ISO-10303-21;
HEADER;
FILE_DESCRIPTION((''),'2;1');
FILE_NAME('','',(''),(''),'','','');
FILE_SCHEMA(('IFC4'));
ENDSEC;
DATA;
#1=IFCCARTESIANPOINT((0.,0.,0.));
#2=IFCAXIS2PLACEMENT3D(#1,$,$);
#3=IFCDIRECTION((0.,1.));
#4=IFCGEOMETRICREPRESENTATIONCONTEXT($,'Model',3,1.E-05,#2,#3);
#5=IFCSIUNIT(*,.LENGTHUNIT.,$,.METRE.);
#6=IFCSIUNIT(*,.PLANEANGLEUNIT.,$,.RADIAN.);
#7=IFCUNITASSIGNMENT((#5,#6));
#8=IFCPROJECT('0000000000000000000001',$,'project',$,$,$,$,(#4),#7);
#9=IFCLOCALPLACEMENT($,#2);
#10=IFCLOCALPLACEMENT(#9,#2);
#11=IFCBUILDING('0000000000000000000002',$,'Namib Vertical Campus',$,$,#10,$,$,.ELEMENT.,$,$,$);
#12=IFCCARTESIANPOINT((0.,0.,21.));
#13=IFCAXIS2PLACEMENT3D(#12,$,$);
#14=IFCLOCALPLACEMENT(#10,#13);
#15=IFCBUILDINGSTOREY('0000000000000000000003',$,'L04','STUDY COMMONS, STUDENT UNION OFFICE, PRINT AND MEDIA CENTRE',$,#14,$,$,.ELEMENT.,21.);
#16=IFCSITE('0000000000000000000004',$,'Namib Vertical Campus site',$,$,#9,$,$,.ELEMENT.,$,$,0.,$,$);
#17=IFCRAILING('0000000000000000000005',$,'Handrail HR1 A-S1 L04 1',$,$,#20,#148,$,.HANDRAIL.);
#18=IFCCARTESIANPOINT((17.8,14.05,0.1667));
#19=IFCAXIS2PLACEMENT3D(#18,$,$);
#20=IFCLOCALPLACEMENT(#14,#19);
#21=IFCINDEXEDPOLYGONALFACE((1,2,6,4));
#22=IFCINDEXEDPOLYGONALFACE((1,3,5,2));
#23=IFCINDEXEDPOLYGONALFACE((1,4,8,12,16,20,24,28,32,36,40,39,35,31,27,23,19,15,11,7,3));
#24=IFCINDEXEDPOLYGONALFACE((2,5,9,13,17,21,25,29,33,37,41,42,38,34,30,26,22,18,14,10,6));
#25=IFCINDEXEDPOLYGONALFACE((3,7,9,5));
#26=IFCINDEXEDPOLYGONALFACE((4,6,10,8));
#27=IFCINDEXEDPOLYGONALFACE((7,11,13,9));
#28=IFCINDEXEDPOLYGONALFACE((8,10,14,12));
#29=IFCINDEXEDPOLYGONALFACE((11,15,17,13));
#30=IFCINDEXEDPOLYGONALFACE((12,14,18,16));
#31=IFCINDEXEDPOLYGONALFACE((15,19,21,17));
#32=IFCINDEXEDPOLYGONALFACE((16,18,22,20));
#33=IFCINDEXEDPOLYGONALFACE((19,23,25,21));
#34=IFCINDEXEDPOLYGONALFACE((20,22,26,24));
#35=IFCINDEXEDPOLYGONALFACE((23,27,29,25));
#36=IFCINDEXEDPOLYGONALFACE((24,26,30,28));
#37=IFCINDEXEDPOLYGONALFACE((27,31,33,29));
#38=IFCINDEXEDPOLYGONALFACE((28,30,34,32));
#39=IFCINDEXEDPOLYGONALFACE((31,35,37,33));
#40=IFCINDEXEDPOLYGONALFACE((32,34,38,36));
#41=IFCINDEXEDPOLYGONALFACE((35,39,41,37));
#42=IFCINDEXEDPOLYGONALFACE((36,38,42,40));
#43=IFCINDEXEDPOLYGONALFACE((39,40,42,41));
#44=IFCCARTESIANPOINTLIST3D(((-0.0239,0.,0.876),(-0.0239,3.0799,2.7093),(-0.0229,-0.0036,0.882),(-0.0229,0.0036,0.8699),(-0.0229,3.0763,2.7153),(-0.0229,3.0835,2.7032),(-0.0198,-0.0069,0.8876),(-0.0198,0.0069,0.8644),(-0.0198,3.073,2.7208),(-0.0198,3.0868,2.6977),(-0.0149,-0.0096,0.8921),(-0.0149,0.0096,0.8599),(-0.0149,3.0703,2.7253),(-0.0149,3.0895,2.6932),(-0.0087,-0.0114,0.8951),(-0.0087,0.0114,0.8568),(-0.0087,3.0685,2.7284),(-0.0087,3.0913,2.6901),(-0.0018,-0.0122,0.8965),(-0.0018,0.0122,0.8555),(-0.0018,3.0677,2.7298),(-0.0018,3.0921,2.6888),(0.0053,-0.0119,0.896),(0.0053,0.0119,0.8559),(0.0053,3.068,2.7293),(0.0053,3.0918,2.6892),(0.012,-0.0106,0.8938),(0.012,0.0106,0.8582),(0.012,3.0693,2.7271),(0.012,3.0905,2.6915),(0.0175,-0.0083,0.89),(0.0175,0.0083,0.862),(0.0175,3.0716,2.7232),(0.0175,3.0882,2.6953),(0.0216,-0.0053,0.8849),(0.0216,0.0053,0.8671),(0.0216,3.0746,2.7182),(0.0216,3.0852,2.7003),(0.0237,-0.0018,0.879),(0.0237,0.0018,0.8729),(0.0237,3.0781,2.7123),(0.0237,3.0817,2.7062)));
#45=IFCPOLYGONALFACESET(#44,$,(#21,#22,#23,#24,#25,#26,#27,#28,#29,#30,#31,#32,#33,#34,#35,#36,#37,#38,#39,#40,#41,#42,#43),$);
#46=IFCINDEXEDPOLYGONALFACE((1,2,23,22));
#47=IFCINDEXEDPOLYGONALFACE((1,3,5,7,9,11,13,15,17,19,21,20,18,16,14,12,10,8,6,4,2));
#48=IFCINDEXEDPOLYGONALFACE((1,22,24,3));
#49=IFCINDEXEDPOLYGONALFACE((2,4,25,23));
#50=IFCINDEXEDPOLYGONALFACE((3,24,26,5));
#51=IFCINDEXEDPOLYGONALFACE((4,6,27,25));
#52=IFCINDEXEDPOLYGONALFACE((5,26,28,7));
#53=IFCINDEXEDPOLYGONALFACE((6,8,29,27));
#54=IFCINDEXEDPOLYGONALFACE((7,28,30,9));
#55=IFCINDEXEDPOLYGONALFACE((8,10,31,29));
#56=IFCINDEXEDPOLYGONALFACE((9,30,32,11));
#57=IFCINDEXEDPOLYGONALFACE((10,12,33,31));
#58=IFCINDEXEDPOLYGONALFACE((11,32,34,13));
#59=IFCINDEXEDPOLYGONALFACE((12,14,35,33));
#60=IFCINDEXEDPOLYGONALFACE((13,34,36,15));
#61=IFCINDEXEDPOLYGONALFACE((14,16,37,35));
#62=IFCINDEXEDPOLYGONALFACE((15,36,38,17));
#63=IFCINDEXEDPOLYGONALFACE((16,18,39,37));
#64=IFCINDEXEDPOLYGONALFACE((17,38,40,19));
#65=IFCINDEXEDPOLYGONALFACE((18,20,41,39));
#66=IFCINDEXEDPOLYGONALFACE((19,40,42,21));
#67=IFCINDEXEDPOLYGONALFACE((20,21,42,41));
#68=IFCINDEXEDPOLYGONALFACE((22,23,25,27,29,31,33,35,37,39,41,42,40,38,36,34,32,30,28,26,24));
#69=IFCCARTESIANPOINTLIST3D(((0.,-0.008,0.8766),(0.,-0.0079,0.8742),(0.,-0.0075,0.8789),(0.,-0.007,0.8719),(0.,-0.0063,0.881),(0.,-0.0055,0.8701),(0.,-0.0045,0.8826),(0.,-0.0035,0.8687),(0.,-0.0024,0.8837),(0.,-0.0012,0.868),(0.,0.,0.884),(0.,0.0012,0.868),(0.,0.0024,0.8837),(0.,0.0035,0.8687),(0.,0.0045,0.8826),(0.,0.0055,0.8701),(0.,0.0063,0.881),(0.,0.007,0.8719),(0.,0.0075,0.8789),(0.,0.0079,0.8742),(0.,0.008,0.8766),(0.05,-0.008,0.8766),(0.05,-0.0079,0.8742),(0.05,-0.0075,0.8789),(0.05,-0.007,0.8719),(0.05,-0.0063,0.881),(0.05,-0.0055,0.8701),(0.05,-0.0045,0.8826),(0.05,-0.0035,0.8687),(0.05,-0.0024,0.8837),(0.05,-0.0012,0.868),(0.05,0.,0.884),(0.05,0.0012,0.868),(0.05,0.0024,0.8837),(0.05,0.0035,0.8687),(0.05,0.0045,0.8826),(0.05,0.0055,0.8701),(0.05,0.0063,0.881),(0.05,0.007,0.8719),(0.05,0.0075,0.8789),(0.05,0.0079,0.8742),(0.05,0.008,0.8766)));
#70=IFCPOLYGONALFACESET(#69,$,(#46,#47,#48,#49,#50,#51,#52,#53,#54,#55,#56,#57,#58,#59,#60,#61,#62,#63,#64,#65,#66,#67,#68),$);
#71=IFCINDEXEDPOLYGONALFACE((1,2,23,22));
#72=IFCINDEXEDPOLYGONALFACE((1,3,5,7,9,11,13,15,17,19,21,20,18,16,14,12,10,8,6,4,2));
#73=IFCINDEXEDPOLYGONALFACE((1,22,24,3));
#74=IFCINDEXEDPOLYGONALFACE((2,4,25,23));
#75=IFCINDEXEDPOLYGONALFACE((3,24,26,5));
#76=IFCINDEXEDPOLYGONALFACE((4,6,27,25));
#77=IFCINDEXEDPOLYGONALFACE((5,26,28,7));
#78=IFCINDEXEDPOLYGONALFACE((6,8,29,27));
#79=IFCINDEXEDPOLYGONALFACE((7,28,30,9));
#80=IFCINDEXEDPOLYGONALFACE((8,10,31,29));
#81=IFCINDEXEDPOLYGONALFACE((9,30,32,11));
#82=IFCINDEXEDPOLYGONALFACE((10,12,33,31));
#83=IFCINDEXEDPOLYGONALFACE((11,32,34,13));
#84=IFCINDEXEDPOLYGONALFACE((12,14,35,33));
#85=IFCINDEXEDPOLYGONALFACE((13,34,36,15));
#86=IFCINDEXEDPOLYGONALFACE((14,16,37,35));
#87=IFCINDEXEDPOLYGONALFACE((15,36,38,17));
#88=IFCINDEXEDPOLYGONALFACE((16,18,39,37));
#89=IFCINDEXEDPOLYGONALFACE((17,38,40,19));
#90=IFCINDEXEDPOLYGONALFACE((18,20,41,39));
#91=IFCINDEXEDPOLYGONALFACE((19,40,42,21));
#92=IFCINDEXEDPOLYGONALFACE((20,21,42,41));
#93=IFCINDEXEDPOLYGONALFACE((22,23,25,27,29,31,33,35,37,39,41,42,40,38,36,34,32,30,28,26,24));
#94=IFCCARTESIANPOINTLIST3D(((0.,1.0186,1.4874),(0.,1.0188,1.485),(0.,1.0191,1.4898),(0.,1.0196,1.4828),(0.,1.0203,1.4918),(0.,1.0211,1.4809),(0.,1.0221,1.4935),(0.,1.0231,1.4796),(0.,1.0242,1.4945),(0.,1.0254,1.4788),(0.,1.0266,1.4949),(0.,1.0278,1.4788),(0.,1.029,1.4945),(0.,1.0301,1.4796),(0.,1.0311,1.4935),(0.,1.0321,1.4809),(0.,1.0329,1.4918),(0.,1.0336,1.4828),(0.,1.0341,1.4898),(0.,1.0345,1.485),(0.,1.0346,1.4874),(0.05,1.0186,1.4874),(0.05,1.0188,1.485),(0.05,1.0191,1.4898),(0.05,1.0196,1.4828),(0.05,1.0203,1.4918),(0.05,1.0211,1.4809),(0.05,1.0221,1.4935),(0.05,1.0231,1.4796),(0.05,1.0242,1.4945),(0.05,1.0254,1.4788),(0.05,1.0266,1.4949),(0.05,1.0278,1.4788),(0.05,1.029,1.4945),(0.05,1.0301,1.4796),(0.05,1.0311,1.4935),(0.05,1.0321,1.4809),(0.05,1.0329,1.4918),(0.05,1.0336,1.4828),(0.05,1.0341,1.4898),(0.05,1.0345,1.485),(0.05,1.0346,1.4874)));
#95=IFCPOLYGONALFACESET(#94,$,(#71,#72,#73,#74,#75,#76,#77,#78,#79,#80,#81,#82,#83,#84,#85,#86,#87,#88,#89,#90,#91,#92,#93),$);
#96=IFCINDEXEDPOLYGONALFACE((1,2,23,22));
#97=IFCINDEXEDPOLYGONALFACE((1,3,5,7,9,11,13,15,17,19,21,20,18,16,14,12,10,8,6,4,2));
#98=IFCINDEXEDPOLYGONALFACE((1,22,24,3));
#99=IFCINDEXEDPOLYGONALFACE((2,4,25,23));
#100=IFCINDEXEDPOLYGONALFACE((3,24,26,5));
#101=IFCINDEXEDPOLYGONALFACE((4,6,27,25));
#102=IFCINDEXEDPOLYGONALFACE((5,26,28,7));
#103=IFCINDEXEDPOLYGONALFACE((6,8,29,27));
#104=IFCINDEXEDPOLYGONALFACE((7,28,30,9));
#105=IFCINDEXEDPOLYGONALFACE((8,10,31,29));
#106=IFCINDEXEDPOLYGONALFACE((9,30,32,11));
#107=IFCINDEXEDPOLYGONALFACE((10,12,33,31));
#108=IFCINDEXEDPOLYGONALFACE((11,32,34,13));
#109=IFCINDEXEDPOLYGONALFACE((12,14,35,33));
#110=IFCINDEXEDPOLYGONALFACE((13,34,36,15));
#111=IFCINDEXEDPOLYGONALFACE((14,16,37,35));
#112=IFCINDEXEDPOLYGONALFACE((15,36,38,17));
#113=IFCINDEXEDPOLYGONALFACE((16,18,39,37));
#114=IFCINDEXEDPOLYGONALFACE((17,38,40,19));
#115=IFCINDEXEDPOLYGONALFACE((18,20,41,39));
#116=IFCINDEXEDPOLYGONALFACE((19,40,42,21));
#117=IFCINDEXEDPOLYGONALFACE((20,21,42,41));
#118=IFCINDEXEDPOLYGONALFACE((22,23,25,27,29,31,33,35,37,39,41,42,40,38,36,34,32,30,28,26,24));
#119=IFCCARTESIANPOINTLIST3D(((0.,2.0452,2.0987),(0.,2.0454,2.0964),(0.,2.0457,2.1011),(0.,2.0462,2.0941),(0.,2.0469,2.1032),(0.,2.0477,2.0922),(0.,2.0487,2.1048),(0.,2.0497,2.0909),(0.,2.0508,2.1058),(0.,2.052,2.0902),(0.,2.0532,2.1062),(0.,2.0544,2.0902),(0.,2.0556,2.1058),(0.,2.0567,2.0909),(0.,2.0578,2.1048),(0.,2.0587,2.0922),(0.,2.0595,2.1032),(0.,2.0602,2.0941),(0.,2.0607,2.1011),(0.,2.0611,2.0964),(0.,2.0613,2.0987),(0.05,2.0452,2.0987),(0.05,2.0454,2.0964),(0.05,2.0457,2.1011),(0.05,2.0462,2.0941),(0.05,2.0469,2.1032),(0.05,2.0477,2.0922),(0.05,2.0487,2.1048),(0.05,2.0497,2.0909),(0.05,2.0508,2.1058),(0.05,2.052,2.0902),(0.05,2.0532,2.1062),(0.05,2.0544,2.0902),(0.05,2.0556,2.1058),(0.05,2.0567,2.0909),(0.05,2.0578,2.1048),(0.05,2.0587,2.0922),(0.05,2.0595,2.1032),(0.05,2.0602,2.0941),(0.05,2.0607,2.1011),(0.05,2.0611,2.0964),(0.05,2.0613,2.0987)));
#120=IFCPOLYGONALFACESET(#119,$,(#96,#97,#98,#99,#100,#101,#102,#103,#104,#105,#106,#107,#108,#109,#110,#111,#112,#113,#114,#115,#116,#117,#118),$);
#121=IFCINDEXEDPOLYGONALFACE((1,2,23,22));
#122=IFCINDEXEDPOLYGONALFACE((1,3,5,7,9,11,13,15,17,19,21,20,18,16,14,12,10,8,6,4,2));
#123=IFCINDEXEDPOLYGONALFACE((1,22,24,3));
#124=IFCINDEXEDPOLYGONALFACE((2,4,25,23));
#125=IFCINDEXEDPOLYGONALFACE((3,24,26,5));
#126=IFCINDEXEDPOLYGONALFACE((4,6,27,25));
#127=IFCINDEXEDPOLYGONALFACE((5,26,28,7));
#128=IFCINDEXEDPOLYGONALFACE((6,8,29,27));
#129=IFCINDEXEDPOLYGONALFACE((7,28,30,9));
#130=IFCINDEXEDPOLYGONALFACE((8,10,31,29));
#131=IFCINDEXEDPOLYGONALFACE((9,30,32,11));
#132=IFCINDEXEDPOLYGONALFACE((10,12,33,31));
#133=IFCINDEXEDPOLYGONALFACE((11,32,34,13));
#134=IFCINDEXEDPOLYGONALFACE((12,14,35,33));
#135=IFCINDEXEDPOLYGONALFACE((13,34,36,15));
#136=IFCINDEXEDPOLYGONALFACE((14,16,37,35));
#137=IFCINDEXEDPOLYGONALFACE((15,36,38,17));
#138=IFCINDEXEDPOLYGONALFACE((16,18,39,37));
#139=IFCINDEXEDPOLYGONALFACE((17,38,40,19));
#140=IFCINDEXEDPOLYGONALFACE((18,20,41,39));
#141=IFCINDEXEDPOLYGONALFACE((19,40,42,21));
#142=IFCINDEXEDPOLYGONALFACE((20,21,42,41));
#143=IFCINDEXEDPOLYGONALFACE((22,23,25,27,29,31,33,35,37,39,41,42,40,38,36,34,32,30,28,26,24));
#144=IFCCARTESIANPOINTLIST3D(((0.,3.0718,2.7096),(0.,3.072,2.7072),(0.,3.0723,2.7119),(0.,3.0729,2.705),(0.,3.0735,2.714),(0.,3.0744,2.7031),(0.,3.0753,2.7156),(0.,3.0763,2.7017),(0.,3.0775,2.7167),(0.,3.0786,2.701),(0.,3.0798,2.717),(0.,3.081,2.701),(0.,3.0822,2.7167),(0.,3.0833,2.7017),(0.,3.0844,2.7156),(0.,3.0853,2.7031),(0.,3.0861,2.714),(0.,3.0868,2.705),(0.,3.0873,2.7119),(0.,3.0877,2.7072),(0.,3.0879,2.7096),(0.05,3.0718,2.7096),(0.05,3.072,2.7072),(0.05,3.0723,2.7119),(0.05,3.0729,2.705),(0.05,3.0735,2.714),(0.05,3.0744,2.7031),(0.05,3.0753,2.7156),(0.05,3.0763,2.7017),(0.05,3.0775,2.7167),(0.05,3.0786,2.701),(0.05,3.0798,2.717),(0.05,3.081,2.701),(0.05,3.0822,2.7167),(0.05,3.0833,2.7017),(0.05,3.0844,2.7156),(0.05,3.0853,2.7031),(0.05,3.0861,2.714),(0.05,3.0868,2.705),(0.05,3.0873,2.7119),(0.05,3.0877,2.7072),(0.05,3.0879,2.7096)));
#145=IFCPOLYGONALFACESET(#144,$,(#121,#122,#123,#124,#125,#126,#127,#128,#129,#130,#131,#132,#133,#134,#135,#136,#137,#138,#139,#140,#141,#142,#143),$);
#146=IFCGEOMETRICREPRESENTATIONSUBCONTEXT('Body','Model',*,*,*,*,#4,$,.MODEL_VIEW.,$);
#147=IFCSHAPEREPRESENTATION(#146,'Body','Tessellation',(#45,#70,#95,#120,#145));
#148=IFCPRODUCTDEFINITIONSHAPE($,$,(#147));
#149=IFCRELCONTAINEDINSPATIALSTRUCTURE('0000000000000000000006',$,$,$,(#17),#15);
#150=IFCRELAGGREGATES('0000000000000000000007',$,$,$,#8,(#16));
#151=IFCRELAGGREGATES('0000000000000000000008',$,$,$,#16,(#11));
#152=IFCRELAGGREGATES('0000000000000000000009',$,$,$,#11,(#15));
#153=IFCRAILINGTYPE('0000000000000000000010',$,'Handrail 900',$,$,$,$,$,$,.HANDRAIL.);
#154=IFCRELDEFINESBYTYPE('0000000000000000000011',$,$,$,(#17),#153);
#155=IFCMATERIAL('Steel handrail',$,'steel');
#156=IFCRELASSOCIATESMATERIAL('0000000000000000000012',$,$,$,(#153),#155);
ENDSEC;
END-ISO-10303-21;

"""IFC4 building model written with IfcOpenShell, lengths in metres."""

from ifc_helpers import new_model, si_unit, direction, frame, origin, origin_2d, place, context, subcontext, project, spatial, circle, extrude, material, type_object, element, save


model = new_model("IFC4")

# Units and contexts
model_context = context("Model", 3, precision=1e-05, world=origin(), true_north=direction((0.0, 1.0)))
body_context = subcontext(model_context, "Body", "Model", "MODEL_VIEW")
ifc_project = project(units=[si_unit("LENGTHUNIT", "METRE"), si_unit("PLANEANGLEUNIT", "RADIAN")], contexts=[model_context])

# Site, building, storey
site_placement = place(None, origin())
site = spatial("IfcSite", under=ifc_project, at=site_placement, Name="Namib Vertical Campus site", CompositionType="ELEMENT", RefElevation=0.0)
building_placement = place(site_placement, origin())
building = spatial("IfcBuilding", under=site, at=building_placement, Name="Namib Vertical Campus", CompositionType="ELEMENT")
storey_placement = place(building_placement, frame((0.0, 0.0, 21.0)))
storey = spatial("IfcBuildingStorey", under=building, at=storey_placement, Name="L04", Description="STUDY COMMONS, STUDENT UNION OFFICE, PRINT AND MEDIA CENTRE", CompositionType="ELEMENT", Elevation=21.0)

# Railing
ifc_material_1 = material(Name="Steel handrail", Category="steel")
railing_type_1 = type_object("IfcRailingType", Name="Handrail 900", PredefinedType="HANDRAIL", material=ifc_material_1)
railing_1_placement = place(storey_placement, frame((17.8, 14.05, 0.1667)))
element("IfcRailing", 1, at=railing_1_placement, inside=storey, type_object=railing_type_1, Name="Handrail HR1 A-S1 L04 1", PredefinedType="HANDRAIL", context=body_context, shape_type="SweptSolid", body=[
    extrude(circle(Radius=0.0239, at=origin_2d()), frame((0.0, 0.0, 0.876), z_axis=(0.0, 0.859291, 0.511487), x_axis=(-1.0, 0.0, 0.0)), (0.0, 0.0, 1.0), 3.5842),
    extrude(circle(Radius=0.0081, at=origin_2d()), frame((0.0, 0.0, 0.876), z_axis=(1.0, 0.0, 0.0), x_axis=(0.0, 0.0, 1.0)), (0.0, 0.0, 1.0), 0.05),
    extrude(circle(Radius=0.0081, at=origin_2d()), frame((0.0, 1.0266, 1.4868), z_axis=(1.0, 0.0, 0.0), x_axis=(0.0, 0.0, 1.0)), (0.0, 0.0, 1.0), 0.05),
    extrude(circle(Radius=0.0081, at=origin_2d()), frame((0.0, 2.0532, 2.0981), z_axis=(1.0, 0.0, 0.0), x_axis=(0.0, 0.0, 1.0)), (0.0, 0.0, 1.0), 0.05),
    extrude(circle(Radius=0.0081, at=origin_2d()), frame((0.0, 3.0798, 2.709), z_axis=(1.0, 0.0, 0.0), x_axis=(0.0, 0.0, 1.0)), (0.0, 0.0, 1.0), 0.05),
])

save(model, "model.ifc")
